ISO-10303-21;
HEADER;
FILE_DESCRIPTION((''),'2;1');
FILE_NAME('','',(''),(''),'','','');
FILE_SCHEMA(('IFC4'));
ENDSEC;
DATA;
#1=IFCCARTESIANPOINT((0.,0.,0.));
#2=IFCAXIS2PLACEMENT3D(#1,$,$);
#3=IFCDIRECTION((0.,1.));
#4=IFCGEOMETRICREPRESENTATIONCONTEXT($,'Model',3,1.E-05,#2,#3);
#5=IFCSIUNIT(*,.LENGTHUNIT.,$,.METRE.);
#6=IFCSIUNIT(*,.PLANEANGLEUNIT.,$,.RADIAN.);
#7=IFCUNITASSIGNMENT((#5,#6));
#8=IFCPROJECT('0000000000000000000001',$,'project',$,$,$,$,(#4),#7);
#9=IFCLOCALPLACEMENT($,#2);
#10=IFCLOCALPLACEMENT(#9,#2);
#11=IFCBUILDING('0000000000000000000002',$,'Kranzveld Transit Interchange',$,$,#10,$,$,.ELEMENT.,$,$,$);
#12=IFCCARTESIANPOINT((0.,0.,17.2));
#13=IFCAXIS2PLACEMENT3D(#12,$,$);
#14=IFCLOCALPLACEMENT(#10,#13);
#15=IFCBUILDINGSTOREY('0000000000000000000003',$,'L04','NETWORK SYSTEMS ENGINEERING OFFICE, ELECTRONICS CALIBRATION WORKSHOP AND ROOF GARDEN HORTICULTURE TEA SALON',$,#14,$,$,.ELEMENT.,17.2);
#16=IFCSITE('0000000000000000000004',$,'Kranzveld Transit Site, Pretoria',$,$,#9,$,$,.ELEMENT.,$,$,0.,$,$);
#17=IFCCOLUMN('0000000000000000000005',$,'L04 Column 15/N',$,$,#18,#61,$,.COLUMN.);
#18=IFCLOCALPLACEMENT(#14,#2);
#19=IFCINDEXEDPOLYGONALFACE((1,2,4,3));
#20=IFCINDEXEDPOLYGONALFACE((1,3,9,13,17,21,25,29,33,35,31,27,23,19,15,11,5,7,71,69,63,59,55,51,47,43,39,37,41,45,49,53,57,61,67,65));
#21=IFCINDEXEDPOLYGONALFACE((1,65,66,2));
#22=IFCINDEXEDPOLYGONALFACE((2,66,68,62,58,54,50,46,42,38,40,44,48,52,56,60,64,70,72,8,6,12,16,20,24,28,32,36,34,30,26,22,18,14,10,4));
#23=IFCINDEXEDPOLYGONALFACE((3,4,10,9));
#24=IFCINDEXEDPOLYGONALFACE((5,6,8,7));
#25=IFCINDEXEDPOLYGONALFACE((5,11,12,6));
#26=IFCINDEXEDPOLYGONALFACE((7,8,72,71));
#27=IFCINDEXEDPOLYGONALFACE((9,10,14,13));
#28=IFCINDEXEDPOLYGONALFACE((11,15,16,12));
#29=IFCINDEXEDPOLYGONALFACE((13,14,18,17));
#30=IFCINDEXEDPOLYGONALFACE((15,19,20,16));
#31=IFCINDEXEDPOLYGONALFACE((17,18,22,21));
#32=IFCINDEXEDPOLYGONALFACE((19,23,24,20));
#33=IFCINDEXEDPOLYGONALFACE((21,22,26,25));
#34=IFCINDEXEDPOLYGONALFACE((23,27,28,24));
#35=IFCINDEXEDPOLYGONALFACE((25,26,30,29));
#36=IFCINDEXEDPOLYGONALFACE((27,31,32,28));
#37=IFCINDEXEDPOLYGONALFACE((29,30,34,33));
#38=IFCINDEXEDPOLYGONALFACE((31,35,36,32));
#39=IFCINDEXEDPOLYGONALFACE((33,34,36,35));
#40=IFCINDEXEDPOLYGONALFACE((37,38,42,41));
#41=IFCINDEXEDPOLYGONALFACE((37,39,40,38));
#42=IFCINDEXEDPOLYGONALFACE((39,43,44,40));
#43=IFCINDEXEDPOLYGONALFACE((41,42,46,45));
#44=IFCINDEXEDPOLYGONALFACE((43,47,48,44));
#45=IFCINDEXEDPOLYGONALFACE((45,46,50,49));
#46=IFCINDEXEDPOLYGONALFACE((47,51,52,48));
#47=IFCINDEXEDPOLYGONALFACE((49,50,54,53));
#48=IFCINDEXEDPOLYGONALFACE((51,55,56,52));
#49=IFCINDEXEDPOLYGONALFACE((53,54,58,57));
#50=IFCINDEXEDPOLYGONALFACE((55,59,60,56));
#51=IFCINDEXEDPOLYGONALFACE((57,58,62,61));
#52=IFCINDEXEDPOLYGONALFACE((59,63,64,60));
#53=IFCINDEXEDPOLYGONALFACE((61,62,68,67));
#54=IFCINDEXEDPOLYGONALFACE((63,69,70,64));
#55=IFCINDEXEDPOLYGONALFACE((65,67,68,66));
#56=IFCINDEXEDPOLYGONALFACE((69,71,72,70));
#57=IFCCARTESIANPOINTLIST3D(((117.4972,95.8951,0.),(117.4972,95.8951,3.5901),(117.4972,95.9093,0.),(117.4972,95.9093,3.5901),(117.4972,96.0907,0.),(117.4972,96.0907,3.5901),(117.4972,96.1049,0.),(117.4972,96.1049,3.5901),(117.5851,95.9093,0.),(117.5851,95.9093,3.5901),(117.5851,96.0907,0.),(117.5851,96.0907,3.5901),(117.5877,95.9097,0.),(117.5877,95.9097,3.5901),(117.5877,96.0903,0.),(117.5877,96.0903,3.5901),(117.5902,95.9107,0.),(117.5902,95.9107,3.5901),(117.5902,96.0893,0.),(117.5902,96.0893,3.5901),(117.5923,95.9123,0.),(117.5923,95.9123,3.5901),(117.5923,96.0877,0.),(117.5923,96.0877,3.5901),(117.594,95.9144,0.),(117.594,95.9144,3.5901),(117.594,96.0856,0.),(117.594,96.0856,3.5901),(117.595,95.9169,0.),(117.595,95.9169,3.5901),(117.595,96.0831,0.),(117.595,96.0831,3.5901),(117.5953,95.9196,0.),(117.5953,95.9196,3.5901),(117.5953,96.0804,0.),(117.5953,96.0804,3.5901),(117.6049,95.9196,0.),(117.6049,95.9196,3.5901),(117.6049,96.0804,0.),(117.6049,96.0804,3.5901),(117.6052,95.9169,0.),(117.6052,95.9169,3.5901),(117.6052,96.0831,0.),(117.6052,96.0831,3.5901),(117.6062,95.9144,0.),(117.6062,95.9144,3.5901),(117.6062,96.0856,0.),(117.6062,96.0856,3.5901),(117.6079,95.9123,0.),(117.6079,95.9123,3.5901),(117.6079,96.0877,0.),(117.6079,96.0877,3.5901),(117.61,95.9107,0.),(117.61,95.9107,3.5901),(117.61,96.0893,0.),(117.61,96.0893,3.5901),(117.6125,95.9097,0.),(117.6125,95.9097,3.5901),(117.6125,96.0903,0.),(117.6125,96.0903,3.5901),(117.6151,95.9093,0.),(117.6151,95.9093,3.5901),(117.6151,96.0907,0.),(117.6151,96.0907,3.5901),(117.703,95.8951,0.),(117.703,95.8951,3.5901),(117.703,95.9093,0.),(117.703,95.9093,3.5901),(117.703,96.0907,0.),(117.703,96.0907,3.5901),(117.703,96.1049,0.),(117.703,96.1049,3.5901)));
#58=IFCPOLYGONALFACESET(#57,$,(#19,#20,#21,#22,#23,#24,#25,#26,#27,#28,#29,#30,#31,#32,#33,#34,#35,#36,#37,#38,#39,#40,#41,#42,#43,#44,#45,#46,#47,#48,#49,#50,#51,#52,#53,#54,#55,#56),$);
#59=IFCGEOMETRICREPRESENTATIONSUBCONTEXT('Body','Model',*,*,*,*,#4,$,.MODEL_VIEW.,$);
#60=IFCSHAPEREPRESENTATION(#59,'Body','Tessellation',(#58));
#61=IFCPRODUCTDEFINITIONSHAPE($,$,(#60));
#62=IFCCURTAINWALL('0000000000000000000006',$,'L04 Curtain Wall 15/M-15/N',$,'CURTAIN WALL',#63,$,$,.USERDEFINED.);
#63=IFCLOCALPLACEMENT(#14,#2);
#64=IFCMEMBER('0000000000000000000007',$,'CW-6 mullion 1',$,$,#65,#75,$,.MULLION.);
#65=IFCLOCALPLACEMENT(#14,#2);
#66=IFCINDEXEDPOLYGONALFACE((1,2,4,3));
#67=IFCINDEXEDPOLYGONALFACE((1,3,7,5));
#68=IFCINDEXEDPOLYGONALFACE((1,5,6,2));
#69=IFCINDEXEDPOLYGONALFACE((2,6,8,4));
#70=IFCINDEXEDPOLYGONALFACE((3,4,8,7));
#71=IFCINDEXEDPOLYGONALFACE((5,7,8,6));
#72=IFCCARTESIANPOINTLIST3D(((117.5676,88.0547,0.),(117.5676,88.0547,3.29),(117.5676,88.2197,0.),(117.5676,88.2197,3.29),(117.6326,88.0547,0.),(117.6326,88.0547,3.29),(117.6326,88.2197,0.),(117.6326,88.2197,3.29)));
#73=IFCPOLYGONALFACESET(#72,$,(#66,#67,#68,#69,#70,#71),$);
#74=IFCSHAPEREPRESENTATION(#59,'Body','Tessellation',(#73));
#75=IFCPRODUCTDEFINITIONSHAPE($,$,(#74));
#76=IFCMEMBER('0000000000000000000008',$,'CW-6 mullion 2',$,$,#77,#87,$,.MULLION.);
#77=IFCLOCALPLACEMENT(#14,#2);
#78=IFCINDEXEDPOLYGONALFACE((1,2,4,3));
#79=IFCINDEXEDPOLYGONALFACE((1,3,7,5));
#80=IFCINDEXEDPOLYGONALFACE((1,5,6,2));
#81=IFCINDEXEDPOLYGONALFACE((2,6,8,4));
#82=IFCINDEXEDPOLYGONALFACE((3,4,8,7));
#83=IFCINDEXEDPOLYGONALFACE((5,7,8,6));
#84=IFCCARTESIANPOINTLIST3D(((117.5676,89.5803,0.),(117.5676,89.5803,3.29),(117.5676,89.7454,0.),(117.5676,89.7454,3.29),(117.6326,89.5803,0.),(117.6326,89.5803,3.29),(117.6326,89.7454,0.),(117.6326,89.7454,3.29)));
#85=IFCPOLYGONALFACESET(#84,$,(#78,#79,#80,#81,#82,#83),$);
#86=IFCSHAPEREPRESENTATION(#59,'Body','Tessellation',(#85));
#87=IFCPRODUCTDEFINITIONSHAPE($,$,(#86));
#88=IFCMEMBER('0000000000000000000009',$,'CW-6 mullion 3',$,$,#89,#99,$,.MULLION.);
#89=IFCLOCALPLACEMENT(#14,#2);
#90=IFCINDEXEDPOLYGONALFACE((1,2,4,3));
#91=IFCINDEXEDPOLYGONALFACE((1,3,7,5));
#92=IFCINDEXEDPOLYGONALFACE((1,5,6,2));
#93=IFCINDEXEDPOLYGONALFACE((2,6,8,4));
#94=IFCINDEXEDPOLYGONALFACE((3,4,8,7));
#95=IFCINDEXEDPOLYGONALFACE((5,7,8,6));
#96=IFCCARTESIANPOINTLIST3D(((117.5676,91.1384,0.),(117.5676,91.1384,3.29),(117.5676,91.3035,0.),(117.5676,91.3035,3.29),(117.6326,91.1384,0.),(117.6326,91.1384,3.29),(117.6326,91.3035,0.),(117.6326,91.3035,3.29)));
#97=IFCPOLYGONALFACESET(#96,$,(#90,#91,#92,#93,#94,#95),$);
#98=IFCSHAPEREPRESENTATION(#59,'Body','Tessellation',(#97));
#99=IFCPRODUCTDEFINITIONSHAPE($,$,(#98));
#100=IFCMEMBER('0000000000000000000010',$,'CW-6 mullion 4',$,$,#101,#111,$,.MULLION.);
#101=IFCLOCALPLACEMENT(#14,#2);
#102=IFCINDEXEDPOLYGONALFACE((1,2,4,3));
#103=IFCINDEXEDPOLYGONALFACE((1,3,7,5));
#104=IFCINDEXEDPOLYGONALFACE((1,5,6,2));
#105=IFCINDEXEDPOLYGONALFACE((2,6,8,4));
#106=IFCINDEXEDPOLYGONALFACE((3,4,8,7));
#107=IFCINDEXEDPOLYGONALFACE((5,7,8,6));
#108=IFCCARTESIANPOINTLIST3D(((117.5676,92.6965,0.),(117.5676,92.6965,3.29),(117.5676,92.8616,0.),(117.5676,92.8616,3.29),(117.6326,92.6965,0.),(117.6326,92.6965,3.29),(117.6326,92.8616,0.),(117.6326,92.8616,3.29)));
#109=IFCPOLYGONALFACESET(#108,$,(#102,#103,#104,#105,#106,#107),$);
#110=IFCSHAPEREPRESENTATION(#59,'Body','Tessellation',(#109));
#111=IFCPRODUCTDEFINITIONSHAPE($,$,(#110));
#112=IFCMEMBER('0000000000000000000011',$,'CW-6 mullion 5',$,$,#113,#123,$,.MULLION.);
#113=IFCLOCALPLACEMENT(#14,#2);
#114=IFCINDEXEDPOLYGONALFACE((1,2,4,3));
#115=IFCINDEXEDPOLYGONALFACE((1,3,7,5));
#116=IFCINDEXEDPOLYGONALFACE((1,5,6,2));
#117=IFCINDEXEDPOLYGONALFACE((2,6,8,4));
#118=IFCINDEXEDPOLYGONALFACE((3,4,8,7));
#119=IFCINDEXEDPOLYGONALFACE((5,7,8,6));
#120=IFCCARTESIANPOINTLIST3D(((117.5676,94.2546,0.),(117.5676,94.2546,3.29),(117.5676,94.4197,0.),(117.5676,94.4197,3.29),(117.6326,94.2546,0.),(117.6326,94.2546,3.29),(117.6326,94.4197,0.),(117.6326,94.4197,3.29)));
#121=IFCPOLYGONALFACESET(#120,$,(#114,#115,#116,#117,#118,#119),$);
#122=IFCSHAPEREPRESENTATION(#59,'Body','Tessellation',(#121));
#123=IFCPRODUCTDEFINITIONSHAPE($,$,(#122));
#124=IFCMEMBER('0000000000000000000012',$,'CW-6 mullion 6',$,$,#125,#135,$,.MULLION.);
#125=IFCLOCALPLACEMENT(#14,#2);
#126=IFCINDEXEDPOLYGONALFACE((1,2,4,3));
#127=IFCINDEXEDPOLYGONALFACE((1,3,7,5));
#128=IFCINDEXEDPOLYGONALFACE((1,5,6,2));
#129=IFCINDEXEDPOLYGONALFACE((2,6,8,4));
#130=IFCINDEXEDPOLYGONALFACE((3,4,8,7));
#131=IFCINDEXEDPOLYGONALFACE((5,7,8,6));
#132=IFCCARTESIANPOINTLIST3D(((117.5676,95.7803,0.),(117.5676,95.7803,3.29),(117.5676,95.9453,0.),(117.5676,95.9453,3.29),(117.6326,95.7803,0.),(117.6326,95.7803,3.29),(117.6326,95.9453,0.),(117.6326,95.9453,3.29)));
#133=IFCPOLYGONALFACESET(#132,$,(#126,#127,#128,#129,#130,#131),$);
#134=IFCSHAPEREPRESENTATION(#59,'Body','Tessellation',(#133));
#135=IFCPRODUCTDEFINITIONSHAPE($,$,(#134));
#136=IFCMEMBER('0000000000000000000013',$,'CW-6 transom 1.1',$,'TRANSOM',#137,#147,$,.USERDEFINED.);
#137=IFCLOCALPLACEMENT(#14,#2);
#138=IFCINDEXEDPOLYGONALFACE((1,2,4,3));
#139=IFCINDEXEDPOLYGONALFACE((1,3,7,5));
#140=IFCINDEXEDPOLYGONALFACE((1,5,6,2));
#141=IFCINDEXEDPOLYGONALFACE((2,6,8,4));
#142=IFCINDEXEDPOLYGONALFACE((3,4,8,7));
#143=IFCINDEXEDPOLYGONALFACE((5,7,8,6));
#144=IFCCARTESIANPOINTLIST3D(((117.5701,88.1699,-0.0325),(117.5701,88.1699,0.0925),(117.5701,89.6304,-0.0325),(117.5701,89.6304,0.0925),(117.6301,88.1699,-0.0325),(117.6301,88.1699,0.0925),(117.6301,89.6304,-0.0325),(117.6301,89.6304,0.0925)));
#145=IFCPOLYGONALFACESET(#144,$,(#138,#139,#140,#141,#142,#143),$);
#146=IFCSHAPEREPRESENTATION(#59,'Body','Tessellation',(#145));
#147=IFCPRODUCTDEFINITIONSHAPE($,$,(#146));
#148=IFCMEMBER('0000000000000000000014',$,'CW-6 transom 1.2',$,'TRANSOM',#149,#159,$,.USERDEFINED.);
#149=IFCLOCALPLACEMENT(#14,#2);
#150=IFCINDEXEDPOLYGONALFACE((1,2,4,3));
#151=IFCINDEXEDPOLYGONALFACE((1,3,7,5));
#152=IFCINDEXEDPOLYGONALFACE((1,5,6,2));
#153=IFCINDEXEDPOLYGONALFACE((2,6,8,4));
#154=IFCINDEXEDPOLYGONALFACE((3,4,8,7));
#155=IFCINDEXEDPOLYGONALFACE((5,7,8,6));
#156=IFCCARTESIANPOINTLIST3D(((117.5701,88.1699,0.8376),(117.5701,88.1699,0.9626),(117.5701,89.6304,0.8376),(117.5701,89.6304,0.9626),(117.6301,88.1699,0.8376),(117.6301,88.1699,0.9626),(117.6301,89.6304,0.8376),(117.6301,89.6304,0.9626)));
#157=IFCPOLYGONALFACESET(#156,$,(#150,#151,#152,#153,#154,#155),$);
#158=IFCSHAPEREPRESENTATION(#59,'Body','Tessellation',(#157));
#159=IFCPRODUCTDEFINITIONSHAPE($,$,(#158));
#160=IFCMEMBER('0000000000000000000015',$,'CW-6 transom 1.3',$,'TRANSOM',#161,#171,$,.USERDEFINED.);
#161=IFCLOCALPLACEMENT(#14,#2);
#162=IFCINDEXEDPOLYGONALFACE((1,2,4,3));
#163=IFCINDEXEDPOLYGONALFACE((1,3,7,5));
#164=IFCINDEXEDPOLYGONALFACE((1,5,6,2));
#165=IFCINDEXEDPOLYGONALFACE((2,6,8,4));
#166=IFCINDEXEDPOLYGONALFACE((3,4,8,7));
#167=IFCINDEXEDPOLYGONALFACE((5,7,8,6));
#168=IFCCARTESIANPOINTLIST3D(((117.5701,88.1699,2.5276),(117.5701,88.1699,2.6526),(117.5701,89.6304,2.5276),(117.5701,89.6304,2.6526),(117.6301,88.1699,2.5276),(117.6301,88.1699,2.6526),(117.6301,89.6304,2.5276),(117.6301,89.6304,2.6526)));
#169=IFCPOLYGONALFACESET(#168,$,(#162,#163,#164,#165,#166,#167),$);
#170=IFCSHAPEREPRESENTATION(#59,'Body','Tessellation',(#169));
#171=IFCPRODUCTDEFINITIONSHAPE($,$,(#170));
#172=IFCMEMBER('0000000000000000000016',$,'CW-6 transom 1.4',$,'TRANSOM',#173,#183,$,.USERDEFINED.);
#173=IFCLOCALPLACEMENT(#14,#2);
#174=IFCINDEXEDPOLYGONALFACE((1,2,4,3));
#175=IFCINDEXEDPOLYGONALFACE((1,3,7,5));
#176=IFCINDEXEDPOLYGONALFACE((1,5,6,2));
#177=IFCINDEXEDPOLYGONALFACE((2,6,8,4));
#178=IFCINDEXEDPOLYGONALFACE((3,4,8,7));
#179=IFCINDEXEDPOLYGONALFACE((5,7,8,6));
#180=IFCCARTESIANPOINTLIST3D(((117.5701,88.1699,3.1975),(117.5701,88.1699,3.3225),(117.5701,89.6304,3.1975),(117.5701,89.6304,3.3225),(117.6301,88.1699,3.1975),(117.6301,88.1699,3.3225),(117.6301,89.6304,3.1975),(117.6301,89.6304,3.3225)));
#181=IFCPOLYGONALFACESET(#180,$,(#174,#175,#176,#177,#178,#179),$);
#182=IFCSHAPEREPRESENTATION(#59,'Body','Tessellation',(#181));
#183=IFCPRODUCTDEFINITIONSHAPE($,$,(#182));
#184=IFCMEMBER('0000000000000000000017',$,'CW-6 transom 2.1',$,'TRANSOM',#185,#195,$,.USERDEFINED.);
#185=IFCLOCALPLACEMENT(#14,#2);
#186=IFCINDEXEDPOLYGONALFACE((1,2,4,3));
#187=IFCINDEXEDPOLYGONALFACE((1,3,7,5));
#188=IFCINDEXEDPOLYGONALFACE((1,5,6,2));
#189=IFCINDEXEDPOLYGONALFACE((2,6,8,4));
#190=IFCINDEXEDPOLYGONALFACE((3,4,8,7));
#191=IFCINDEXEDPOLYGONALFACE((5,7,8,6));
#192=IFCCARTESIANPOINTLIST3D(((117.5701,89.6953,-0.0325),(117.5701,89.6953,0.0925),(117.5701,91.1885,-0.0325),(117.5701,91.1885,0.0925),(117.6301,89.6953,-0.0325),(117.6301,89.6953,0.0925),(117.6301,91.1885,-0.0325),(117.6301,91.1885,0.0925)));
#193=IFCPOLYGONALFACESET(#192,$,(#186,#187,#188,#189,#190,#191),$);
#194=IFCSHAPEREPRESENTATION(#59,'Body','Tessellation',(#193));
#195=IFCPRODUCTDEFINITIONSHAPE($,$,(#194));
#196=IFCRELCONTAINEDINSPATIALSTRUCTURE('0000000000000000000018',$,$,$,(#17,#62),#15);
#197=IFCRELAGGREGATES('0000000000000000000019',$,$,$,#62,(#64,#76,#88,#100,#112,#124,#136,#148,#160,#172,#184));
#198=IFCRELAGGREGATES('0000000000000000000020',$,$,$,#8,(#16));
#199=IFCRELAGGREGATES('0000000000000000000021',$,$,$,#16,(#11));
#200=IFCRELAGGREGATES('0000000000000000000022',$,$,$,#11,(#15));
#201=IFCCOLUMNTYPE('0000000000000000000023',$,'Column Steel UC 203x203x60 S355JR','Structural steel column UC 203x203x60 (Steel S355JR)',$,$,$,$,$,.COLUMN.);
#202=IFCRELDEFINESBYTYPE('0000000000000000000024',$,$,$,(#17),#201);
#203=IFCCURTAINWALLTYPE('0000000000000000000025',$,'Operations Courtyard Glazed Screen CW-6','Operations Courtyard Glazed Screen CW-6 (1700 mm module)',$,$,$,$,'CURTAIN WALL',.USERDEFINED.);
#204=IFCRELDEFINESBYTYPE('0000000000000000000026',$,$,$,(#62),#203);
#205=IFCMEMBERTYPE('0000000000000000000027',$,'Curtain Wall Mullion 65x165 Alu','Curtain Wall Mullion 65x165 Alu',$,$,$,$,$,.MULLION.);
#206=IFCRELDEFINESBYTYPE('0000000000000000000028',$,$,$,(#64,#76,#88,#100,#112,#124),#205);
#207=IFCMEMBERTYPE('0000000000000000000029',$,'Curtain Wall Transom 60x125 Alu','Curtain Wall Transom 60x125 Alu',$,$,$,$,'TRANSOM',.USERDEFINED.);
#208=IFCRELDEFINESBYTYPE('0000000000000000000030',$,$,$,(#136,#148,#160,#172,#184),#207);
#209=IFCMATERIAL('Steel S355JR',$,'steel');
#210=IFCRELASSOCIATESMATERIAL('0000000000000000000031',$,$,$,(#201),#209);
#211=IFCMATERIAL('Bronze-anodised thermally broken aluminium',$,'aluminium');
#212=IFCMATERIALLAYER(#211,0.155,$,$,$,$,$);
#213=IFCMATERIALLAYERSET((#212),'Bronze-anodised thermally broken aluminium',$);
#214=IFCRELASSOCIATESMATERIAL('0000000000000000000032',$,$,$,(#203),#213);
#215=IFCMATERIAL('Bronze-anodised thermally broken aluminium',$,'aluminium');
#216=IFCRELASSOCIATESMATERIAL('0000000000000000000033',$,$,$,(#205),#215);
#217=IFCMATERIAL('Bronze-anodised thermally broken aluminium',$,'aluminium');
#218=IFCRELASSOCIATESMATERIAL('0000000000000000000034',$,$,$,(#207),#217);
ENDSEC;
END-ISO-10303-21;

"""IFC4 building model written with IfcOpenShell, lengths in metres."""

from ifc_helpers import new_model, si_unit, direction, frame, origin, origin_2d, place, context, subcontext, project, spatial, rectangle, i_section, extrude, material, layer, layer_set, material_profile, profile_set, type_object, element, aggregate, save


model = new_model("IFC4")

# Units and contexts
model_context = context("Model", 3, precision=1e-05, world=origin(), true_north=direction((0.0, 1.0)))
body_context = subcontext(model_context, "Body", "Model", "MODEL_VIEW")
ifc_project = project(units=[si_unit("LENGTHUNIT", "METRE"), si_unit("PLANEANGLEUNIT", "RADIAN")], contexts=[model_context])

# Site, building, storey
site_placement = place(None, origin())
site = spatial("IfcSite", under=ifc_project, at=site_placement, Name="Kranzveld Transit Site, Pretoria", CompositionType="ELEMENT", RefElevation=0.0)
building_placement = place(site_placement, origin())
building = spatial("IfcBuilding", under=site, at=building_placement, Name="Kranzveld Transit Interchange", CompositionType="ELEMENT")
storey_placement = place(building_placement, frame((0.0, 0.0, 17.2)))
storey = spatial("IfcBuildingStorey", under=building, at=storey_placement, Name="L04", Description="NETWORK SYSTEMS ENGINEERING OFFICE, ELECTRONICS CALIBRATION WORKSHOP AND ROOF GARDEN HORTICULTURE TEA SALON", CompositionType="ELEMENT", Elevation=17.2)

# Column
ifc_material_1 = material(Name="Steel S355JR", Category="steel")
ifc_material_profile_1 = material_profile(ifc_material_1, i_section(OverallWidth=0.2058, OverallDepth=0.2097, WebThickness=0.0095, FlangeThickness=0.0142, FilletRadius=0.0103, at=origin_2d()), Name="UC 203x203x60")
ifc_profile_set_1 = profile_set([ifc_material_profile_1], Name="Steel S355JR")
column_type = type_object("IfcColumnType", Name="Column Steel UC 203x203x60 S355JR", Description="Structural steel column UC 203x203x60 (Steel S355JR)", PredefinedType="COLUMN", material=ifc_profile_set_1)
column_placement = place(storey_placement, frame((117.6001, 96.0, 0.0), z_axis=(0.0, 0.0, 1.0), x_axis=(1.0, 0.0, 0.0)))
element("IfcColumn", 1, at=column_placement, inside=storey, type_object=column_type, Name="L04 Column 15/N", PredefinedType="COLUMN", context=body_context, shape_type="SweptSolid", body=[
    extrude(i_section(OverallWidth=0.2058, OverallDepth=0.2097, WebThickness=0.0095, FlangeThickness=0.0142, FilletRadius=0.0103, at=origin_2d()), origin(), (0.0, 0.0, 1.0), 3.5901),
])

# Curtain wall, members
ifc_material_2 = material(Name="Bronze-anodised thermally broken aluminium", Category="aluminium")
ifc_layer_1 = layer(ifc_material_2, 0.155)
ifc_layer_set_1 = layer_set([ifc_layer_1], Name="Bronze-anodised thermally broken aluminium")
curtain_wall_type = type_object("IfcCurtainWallType", Name="Operations Courtyard Glazed Screen CW-6", Description="Operations Courtyard Glazed Screen CW-6 (1700 mm module)", ElementType="CURTAIN WALL", PredefinedType="USERDEFINED", material=ifc_layer_set_1)
curtain_wall_placement = place(storey_placement, origin())
curtain_wall = element("IfcCurtainWall", 2, at=curtain_wall_placement, inside=storey, type_object=curtain_wall_type, Name="L04 Curtain Wall 15/M-15/N", ObjectType="CURTAIN WALL", PredefinedType="USERDEFINED")
ifc_material_3 = material(Name="Bronze-anodised thermally broken aluminium", Category="aluminium")
ifc_material_profile_2 = material_profile(ifc_material_3, rectangle(XDim=0.0649, YDim=0.165, at=origin_2d()), Name="ALU MULLION 65x165")
ifc_profile_set_2 = profile_set([ifc_material_profile_2], Name="Bronze-anodised thermally broken aluminium")
member_type_1 = type_object("IfcMemberType", Name="Curtain Wall Mullion 65x165 Alu", Description="Curtain Wall Mullion 65x165 Alu", PredefinedType="MULLION", material=ifc_profile_set_2)
member_1_placement = place(storey_placement, frame((117.6001, 88.1372, 0.0), z_axis=(0.0, 0.0, 1.0), x_axis=(-1.0, 0.0, 0.0)))
member_1 = element("IfcMember", 3, at=member_1_placement, type_object=member_type_1, Name="CW-6 mullion 1", PredefinedType="MULLION", context=body_context, shape_type="SweptSolid", body=[
    extrude(rectangle(XDim=0.0649, YDim=0.165, at=origin_2d()), origin(), (0.0, 0.0, 1.0), 3.29),
])
member_2_placement = place(storey_placement, frame((117.6001, 89.6628, 0.0), z_axis=(0.0, 0.0, 1.0), x_axis=(-1.0, 0.0, 0.0)))
member_2 = element("IfcMember", 4, at=member_2_placement, type_object=member_type_1, Name="CW-6 mullion 2", PredefinedType="MULLION", context=body_context, shape_type="SweptSolid", body=[
    extrude(rectangle(XDim=0.0649, YDim=0.165, at=origin_2d()), origin(), (0.0, 0.0, 1.0), 3.29),
])
member_3_placement = place(storey_placement, frame((117.6001, 91.2209, 0.0), z_axis=(0.0, 0.0, 1.0), x_axis=(-1.0, 0.0, 0.0)))
member_3 = element("IfcMember", 5, at=member_3_placement, type_object=member_type_1, Name="CW-6 mullion 3", PredefinedType="MULLION", context=body_context, shape_type="SweptSolid", body=[
    extrude(rectangle(XDim=0.0649, YDim=0.165, at=origin_2d()), origin(), (0.0, 0.0, 1.0), 3.29),
])
member_4_placement = place(storey_placement, frame((117.6001, 92.7791, 0.0), z_axis=(0.0, 0.0, 1.0), x_axis=(-1.0, 0.0, 0.0)))
member_4 = element("IfcMember", 6, at=member_4_placement, type_object=member_type_1, Name="CW-6 mullion 4", PredefinedType="MULLION", context=body_context, shape_type="SweptSolid", body=[
    extrude(rectangle(XDim=0.0649, YDim=0.165, at=origin_2d()), origin(), (0.0, 0.0, 1.0), 3.29),
])
member_5_placement = place(storey_placement, frame((117.6001, 94.3372, 0.0), z_axis=(0.0, 0.0, 1.0), x_axis=(-1.0, 0.0, 0.0)))
member_5 = element("IfcMember", 7, at=member_5_placement, type_object=member_type_1, Name="CW-6 mullion 5", PredefinedType="MULLION", context=body_context, shape_type="SweptSolid", body=[
    extrude(rectangle(XDim=0.0649, YDim=0.165, at=origin_2d()), origin(), (0.0, 0.0, 1.0), 3.29),
])
member_6_placement = place(storey_placement, frame((117.6001, 95.8628, 0.0), z_axis=(0.0, 0.0, 1.0), x_axis=(-1.0, 0.0, 0.0)))
member_6 = element("IfcMember", 8, at=member_6_placement, type_object=member_type_1, Name="CW-6 mullion 6", PredefinedType="MULLION", context=body_context, shape_type="SweptSolid", body=[
    extrude(rectangle(XDim=0.0649, YDim=0.165, at=origin_2d()), origin(), (0.0, 0.0, 1.0), 3.29),
])
ifc_material_4 = material(Name="Bronze-anodised thermally broken aluminium", Category="aluminium")
ifc_material_profile_3 = material_profile(ifc_material_4, rectangle(XDim=0.0601, YDim=0.125, at=origin_2d()), Name="ALU TRANSOM 60x125")
ifc_profile_set_3 = profile_set([ifc_material_profile_3], Name="Bronze-anodised thermally broken aluminium")
member_type_2 = type_object("IfcMemberType", Name="Curtain Wall Transom 60x125 Alu", Description="Curtain Wall Transom 60x125 Alu", ElementType="TRANSOM", PredefinedType="USERDEFINED", material=ifc_profile_set_3)
member_7_placement = place(storey_placement, frame((117.6001, 88.1699, 0.03), z_axis=(0.0, 1.0, 0.0), x_axis=(-1.0, 0.0, 0.0)))
member_7 = element("IfcMember", 9, at=member_7_placement, type_object=member_type_2, Name="CW-6 transom 1.1", ObjectType="TRANSOM", PredefinedType="USERDEFINED", context=body_context, shape_type="SweptSolid", body=[
    extrude(rectangle(XDim=0.0601, YDim=0.125, at=origin_2d()), origin(), (0.0, 0.0, 1.0), 1.4604),
])
member_8_placement = place(storey_placement, frame((117.6001, 88.1699, 0.9001), z_axis=(0.0, 1.0, 0.0), x_axis=(-1.0, 0.0, 0.0)))
member_8 = element("IfcMember", 10, at=member_8_placement, type_object=member_type_2, Name="CW-6 transom 1.2", ObjectType="TRANSOM", PredefinedType="USERDEFINED", context=body_context, shape_type="SweptSolid", body=[
    extrude(rectangle(XDim=0.0601, YDim=0.125, at=origin_2d()), origin(), (0.0, 0.0, 1.0), 1.4604),
])
member_9_placement = place(storey_placement, frame((117.6001, 88.1699, 2.5901), z_axis=(0.0, 1.0, 0.0), x_axis=(-1.0, 0.0, 0.0)))
member_9 = element("IfcMember", 11, at=member_9_placement, type_object=member_type_2, Name="CW-6 transom 1.3", ObjectType="TRANSOM", PredefinedType="USERDEFINED", context=body_context, shape_type="SweptSolid", body=[
    extrude(rectangle(XDim=0.0601, YDim=0.125, at=origin_2d()), origin(), (0.0, 0.0, 1.0), 1.4604),
])
member_10_placement = place(storey_placement, frame((117.6001, 88.1699, 3.26), z_axis=(0.0, 1.0, 0.0), x_axis=(-1.0, 0.0, 0.0)))
member_10 = element("IfcMember", 12, at=member_10_placement, type_object=member_type_2, Name="CW-6 transom 1.4", ObjectType="TRANSOM", PredefinedType="USERDEFINED", context=body_context, shape_type="SweptSolid", body=[
    extrude(rectangle(XDim=0.0601, YDim=0.125, at=origin_2d()), origin(), (0.0, 0.0, 1.0), 1.4604),
])
member_11_placement = place(storey_placement, frame((117.6001, 89.6953, 0.03), z_axis=(0.0, 1.0, 0.0), x_axis=(-1.0, 0.0, 0.0)))
member_11 = element("IfcMember", 13, at=member_11_placement, type_object=member_type_2, Name="CW-6 transom 2.1", ObjectType="TRANSOM", PredefinedType="USERDEFINED", context=body_context, shape_type="SweptSolid", body=[
    extrude(rectangle(XDim=0.0601, YDim=0.125, at=origin_2d()), origin(), (0.0, 0.0, 1.0), 1.4932),
])

aggregate(curtain_wall, [member_1, member_2, member_3, member_4, member_5, member_6, member_7, member_8, member_9, member_10, member_11])

save(model, "model.ifc")
